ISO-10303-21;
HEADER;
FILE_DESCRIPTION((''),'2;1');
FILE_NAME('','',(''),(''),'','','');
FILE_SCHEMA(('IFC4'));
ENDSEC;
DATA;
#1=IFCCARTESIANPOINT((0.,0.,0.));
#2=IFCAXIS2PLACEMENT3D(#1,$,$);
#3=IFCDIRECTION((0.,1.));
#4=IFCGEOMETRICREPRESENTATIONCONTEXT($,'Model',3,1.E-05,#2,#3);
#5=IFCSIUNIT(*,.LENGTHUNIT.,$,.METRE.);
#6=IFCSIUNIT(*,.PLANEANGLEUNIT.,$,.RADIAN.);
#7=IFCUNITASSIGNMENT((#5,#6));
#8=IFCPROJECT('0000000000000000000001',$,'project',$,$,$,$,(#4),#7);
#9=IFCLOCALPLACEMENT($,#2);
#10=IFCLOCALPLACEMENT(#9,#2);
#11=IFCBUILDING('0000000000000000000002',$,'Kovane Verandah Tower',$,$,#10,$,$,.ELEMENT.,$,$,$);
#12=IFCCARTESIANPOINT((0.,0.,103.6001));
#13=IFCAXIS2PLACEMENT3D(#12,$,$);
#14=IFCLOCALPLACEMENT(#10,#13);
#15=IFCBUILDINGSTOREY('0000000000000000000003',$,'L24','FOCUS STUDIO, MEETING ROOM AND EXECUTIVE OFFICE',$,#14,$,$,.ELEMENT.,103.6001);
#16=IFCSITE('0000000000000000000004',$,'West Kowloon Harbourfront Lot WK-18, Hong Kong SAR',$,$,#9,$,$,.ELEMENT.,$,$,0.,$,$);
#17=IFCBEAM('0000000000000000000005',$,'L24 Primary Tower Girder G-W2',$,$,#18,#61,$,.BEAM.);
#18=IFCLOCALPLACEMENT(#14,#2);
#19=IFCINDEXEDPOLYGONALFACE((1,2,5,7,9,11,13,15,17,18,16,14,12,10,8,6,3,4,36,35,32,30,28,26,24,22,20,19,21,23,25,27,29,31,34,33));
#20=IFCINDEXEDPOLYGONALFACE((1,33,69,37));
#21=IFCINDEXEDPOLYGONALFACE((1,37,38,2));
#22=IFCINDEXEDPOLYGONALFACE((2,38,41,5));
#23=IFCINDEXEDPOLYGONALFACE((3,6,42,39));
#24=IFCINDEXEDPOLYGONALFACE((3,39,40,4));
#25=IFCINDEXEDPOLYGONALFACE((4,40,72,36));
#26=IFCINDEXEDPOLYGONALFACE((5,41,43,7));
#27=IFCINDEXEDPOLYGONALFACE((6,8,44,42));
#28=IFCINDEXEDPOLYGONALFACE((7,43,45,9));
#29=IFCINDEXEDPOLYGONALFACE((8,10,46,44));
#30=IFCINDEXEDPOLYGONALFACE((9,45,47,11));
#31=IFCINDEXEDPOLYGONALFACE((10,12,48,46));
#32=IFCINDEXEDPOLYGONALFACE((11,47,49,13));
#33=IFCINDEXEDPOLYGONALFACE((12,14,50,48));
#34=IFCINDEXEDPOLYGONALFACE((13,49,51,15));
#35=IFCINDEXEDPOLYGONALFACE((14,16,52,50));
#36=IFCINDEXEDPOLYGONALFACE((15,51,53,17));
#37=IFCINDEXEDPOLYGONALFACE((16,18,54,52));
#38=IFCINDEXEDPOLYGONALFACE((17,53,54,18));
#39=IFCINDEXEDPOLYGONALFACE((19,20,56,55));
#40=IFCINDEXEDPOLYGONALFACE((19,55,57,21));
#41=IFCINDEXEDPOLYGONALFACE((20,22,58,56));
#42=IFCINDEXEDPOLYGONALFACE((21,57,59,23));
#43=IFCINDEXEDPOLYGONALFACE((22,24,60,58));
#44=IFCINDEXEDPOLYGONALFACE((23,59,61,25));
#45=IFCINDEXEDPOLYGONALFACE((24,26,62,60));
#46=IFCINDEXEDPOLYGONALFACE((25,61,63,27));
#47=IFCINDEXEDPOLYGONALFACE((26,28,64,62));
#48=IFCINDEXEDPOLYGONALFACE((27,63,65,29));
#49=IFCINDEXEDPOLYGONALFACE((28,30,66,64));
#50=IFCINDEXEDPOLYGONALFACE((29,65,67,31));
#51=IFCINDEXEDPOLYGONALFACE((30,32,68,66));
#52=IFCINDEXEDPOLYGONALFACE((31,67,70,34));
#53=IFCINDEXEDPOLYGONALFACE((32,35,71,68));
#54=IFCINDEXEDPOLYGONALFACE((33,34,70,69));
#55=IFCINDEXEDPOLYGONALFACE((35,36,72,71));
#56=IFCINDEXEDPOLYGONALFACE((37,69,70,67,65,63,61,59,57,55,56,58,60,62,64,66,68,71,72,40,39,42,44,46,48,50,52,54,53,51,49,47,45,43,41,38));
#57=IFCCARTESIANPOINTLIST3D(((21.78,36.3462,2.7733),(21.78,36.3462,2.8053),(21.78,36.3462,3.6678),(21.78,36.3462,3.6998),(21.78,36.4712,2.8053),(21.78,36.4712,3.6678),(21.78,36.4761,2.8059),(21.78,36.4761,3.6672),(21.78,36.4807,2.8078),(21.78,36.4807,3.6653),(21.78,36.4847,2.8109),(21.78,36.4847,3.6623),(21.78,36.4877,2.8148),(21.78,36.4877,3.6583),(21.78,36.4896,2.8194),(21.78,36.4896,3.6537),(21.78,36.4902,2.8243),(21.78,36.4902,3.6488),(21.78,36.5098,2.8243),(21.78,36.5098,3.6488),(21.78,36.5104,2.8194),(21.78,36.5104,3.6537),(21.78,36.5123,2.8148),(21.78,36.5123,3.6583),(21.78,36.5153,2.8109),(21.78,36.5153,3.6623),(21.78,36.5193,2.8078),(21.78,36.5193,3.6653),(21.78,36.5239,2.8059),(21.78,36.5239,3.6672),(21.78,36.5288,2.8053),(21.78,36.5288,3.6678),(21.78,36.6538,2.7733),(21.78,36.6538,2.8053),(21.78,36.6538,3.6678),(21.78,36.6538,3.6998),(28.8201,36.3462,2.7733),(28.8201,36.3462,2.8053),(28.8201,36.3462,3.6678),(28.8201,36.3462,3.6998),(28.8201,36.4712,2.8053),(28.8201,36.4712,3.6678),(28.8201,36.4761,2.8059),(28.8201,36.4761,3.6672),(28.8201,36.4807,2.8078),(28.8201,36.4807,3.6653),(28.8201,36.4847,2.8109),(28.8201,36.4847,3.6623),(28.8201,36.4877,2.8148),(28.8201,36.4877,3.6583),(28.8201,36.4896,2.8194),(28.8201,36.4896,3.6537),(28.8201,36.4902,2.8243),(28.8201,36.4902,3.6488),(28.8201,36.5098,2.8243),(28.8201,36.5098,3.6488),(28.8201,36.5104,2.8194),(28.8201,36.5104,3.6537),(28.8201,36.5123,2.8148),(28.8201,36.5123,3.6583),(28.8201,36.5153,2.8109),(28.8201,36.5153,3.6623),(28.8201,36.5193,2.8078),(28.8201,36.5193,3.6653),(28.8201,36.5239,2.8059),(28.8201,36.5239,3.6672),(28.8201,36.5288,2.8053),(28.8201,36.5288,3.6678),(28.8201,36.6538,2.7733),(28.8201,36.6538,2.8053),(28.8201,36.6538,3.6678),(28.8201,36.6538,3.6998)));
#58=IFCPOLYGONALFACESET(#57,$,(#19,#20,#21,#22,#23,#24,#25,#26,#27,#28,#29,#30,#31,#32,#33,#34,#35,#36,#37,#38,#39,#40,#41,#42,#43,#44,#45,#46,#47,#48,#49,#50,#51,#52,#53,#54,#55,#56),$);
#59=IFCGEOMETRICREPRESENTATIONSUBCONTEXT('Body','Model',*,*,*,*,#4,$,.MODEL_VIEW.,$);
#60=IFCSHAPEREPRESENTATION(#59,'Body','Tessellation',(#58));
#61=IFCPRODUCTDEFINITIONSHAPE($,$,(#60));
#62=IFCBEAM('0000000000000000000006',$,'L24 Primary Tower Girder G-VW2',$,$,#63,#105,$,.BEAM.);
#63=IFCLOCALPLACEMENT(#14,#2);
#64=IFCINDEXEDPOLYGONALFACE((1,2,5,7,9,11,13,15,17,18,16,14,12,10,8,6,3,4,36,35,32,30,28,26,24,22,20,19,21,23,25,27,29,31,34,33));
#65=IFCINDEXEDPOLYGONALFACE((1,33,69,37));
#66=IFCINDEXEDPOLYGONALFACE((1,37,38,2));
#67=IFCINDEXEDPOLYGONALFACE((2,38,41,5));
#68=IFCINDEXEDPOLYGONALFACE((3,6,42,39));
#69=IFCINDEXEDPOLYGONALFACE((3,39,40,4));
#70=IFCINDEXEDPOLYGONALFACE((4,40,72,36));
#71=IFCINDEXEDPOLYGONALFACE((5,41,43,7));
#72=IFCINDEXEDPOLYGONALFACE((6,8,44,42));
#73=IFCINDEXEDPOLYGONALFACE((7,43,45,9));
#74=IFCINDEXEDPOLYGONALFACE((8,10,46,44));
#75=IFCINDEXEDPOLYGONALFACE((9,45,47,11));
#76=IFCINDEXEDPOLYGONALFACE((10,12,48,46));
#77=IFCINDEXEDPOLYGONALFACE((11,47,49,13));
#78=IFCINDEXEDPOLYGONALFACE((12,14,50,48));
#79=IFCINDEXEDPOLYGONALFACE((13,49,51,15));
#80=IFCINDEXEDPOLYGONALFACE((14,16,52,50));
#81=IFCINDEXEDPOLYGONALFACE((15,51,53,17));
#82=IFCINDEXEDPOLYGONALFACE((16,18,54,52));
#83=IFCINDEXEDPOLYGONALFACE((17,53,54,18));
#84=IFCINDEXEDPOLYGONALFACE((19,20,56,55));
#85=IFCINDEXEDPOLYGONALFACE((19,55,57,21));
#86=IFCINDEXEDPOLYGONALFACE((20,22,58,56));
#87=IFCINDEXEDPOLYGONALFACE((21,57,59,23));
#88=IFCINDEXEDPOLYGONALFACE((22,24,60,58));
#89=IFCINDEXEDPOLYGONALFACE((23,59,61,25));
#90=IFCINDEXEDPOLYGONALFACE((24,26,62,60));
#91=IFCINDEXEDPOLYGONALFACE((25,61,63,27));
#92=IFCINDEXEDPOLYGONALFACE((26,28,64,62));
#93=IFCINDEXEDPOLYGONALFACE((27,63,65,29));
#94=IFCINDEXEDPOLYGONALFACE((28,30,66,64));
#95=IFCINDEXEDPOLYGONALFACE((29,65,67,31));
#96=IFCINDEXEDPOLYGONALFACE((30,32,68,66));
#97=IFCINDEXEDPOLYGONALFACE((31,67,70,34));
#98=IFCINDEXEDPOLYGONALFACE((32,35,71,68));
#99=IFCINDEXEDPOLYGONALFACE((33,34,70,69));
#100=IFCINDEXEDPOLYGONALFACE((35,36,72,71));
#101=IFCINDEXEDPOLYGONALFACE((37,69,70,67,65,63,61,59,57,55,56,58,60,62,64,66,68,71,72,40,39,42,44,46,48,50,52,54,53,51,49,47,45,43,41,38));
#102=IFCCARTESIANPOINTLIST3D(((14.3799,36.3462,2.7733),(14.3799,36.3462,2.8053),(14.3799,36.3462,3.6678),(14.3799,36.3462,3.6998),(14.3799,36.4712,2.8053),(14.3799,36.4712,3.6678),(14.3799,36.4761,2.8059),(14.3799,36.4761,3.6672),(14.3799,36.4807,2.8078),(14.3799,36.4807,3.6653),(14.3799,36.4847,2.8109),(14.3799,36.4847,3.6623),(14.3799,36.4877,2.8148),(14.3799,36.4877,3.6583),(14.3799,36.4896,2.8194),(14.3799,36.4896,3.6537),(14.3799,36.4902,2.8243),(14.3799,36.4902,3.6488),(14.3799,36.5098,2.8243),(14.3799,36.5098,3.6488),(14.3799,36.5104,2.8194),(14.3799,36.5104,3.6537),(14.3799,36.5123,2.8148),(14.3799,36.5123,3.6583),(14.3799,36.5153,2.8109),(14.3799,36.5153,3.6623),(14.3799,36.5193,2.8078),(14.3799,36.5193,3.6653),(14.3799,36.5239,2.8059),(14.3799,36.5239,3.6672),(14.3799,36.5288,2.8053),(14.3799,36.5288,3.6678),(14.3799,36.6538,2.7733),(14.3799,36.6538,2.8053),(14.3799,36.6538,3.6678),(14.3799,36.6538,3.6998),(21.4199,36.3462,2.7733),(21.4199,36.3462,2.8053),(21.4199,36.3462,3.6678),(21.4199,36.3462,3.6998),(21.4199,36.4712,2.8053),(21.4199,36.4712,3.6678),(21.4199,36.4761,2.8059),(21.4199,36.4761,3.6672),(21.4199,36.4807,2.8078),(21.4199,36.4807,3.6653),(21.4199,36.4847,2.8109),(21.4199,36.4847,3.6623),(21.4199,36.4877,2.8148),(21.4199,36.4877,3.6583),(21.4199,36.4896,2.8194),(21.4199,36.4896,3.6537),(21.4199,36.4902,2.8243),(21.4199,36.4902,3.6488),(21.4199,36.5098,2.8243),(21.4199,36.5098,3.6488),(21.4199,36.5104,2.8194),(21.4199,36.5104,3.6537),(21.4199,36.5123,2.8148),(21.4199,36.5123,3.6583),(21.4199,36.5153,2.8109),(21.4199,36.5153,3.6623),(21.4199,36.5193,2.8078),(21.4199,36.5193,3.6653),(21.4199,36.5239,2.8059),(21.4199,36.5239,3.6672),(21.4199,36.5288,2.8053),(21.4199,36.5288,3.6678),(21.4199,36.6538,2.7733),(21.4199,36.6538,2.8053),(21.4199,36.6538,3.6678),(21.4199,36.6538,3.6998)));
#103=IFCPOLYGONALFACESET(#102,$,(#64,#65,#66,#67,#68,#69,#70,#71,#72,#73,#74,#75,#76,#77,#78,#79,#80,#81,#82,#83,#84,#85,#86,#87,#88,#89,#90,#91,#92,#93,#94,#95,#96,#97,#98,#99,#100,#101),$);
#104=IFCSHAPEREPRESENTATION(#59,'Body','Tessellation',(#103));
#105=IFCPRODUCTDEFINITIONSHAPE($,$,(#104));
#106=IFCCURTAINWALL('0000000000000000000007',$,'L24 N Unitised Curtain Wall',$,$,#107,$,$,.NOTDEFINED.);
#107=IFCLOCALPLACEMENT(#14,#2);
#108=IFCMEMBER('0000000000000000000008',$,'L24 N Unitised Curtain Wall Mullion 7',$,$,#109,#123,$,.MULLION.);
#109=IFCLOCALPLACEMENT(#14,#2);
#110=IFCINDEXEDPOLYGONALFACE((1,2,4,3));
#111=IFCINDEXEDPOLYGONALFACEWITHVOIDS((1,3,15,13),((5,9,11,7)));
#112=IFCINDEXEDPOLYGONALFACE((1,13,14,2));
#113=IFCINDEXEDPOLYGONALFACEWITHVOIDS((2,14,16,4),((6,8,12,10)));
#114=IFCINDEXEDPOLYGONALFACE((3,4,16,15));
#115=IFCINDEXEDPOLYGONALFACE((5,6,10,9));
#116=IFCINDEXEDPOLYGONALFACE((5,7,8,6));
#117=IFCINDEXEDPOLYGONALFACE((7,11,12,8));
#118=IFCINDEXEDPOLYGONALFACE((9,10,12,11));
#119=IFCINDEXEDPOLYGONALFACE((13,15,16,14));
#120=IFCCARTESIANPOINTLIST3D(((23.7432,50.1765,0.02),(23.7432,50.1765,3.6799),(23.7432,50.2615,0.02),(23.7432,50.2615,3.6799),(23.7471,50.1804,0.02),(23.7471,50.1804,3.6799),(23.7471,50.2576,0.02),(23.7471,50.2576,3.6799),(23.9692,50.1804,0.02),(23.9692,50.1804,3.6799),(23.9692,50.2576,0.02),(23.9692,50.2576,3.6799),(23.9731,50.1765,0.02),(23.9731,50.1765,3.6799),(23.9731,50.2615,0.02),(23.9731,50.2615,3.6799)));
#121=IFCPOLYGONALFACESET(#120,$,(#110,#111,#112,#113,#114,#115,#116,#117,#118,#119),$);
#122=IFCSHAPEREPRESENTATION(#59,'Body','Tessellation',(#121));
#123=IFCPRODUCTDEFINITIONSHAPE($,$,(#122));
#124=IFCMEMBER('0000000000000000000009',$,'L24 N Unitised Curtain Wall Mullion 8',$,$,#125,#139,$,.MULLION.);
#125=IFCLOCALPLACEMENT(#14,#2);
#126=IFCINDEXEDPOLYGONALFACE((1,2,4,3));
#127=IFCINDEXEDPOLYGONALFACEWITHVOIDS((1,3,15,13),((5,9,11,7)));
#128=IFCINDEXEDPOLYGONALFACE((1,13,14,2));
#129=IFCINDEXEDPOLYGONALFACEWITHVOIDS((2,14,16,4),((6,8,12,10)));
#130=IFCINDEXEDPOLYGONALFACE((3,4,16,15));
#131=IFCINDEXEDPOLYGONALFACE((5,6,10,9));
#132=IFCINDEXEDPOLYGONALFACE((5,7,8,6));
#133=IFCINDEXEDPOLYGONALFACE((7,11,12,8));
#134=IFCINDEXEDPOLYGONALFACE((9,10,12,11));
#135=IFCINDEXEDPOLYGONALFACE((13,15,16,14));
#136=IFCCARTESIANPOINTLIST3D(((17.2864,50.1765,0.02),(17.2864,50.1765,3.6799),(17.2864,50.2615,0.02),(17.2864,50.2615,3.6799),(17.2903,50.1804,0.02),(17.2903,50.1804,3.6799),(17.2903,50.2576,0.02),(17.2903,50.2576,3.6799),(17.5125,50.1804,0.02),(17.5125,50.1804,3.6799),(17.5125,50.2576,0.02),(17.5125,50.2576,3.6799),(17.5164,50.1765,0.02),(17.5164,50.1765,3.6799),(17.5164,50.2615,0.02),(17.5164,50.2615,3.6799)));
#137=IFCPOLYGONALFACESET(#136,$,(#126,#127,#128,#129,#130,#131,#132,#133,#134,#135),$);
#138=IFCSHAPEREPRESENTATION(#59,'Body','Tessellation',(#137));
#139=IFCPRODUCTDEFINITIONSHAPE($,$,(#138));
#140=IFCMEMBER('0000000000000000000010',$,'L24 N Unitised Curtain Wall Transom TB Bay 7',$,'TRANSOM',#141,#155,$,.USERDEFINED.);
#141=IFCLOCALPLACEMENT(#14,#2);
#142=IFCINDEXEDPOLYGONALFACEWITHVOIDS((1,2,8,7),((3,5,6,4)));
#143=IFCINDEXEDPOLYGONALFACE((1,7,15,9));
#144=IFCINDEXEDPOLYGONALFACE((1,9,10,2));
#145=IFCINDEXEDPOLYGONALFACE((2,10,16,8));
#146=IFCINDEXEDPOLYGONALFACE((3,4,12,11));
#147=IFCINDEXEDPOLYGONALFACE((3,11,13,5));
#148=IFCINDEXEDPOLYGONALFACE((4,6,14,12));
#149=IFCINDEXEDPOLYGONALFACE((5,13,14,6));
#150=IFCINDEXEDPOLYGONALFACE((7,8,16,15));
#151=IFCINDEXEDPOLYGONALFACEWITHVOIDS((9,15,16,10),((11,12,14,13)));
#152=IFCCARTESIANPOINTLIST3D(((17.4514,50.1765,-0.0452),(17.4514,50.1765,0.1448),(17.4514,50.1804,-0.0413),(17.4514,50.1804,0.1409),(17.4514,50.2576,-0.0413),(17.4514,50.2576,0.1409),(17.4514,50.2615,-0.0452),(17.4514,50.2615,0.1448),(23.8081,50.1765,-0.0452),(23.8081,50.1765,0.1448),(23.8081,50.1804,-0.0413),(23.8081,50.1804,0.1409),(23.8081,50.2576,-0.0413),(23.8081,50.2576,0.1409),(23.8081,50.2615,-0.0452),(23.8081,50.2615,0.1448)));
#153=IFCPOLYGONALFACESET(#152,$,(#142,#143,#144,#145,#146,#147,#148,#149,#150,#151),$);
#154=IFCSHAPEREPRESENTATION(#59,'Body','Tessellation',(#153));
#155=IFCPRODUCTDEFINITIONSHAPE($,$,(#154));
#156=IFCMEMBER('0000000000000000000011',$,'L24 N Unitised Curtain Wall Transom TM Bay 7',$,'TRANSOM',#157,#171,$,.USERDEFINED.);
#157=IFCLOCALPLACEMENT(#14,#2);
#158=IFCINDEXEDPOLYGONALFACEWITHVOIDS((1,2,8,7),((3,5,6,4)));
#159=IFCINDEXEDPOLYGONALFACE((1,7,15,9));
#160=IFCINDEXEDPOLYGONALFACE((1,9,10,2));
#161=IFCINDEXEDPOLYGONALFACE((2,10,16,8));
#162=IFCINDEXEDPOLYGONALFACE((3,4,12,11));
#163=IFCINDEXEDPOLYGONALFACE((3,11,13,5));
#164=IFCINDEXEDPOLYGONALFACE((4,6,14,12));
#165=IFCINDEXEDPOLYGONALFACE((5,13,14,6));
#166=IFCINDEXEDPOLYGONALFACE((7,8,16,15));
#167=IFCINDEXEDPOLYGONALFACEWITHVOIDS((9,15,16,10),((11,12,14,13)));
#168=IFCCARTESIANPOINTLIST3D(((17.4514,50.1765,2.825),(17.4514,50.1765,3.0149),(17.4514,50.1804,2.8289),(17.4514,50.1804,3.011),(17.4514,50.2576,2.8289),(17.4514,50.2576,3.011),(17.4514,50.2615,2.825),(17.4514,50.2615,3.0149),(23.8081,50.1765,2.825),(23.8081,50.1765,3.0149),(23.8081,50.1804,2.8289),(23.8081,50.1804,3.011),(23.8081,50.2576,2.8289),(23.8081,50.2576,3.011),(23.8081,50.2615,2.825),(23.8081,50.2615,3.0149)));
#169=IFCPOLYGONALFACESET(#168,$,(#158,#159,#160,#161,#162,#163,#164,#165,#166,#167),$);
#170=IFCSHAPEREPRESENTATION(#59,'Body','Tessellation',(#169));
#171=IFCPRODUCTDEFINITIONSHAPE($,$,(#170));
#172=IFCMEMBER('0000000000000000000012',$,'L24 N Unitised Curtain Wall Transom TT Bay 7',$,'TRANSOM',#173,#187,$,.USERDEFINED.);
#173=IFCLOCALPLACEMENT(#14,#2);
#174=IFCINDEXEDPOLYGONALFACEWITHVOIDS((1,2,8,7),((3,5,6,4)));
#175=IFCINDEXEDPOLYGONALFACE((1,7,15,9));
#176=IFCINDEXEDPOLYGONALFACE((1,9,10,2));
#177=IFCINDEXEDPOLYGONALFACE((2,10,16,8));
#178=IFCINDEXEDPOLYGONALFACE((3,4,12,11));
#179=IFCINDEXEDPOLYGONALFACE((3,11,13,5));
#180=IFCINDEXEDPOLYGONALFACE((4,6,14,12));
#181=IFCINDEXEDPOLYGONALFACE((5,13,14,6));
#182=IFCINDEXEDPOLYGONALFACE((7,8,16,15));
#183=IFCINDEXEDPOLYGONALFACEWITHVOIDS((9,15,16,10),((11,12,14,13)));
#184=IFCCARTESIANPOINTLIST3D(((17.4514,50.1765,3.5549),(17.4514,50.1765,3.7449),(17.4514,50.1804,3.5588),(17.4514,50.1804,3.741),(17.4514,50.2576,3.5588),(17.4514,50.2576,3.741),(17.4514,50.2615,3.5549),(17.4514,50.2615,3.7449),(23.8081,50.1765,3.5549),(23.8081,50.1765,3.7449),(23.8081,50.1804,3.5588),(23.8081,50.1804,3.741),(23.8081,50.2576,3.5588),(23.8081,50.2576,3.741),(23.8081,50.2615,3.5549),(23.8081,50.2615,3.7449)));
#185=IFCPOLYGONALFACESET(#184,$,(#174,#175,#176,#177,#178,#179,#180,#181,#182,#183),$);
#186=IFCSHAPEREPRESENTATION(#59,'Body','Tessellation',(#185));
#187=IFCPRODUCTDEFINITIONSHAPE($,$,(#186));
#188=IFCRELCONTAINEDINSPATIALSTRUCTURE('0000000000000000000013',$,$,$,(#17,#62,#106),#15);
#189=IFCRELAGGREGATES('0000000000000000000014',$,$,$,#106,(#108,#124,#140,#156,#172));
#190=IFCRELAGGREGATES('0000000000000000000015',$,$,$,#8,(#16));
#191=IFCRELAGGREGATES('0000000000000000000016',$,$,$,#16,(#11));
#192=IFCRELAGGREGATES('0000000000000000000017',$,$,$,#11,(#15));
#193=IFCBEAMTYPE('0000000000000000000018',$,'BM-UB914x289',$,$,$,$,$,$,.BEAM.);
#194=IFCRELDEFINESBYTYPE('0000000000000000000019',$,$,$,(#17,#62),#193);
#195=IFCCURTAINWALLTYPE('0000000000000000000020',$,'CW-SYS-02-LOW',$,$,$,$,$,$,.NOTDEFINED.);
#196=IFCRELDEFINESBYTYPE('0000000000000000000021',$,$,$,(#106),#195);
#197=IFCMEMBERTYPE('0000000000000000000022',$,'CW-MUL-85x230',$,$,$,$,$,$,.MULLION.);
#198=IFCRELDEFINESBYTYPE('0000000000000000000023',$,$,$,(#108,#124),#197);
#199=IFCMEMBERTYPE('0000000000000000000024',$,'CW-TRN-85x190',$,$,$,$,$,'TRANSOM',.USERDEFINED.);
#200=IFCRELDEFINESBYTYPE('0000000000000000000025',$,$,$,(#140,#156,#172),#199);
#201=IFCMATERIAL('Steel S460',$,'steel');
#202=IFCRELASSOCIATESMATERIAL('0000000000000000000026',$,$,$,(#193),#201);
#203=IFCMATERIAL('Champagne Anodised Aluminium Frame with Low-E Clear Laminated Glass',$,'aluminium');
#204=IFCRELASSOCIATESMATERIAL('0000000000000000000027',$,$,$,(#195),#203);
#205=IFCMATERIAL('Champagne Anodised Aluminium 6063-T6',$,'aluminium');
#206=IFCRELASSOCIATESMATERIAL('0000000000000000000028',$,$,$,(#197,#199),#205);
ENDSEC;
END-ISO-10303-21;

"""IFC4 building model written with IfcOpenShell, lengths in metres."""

from ifc_helpers import new_model, si_unit, direction, frame, origin, origin_2d, place, context, subcontext, project, spatial, hollow_rectangle, i_section, extrude, material, material_profile, profile_set, type_object, element, aggregate, save


model = new_model("IFC4")

# Units and contexts
model_context = context("Model", 3, precision=1e-05, world=origin(), true_north=direction((0.0, 1.0)))
body_context = subcontext(model_context, "Body", "Model", "MODEL_VIEW")
ifc_project = project(units=[si_unit("LENGTHUNIT", "METRE"), si_unit("PLANEANGLEUNIT", "RADIAN")], contexts=[model_context])

# Site, building, storey
site_placement = place(None, origin())
site = spatial("IfcSite", under=ifc_project, at=site_placement, Name="West Kowloon Harbourfront Lot WK-18, Hong Kong SAR", CompositionType="ELEMENT", RefElevation=0.0)
building_placement = place(site_placement, origin())
building = spatial("IfcBuilding", under=site, at=building_placement, Name="Kovane Verandah Tower", CompositionType="ELEMENT")
storey_placement = place(building_placement, frame((0.0, 0.0, 103.6001)))
storey = spatial("IfcBuildingStorey", under=building, at=storey_placement, Name="L24", Description="FOCUS STUDIO, MEETING ROOM AND EXECUTIVE OFFICE", CompositionType="ELEMENT", Elevation=103.6001)

# Beams
ifc_material_1 = material(Name="Steel S460", Category="steel")
ifc_material_profile_1 = material_profile(ifc_material_1, i_section(OverallWidth=0.3076, OverallDepth=0.9265, WebThickness=0.0195, FlangeThickness=0.032, FilletRadius=0.019, at=origin_2d()), Name="UB914x305x289")
ifc_profile_set_1 = profile_set([ifc_material_profile_1], Name="Steel S460")
beam_type_1 = type_object("IfcBeamType", Name="BM-UB914x289", PredefinedType="BEAM", material=ifc_profile_set_1)
for number, where, z_axis, x_axis, name in (
    (1, (28.8201, 36.5, 3.2366), (-1.0, 0.0, 0.0), (0.0, -1.0, 0.0), "L24 Primary Tower Girder G-W2"),
    (2, (21.4199, 36.5, 3.2366), (-1.0, 0.0, 0.0), (0.0, -1.0, 0.0), "L24 Primary Tower Girder G-VW2"),
):
    element("IfcBeam", number, at=place(storey_placement, frame(where, z_axis=z_axis, x_axis=x_axis)), inside=storey, type_object=beam_type_1, Name=name, PredefinedType="BEAM", context=body_context, shape_type="SweptSolid", body=[
        extrude(i_section(OverallWidth=0.3076, OverallDepth=0.9265, WebThickness=0.0195, FlangeThickness=0.032, FilletRadius=0.019, at=origin_2d()), origin(), (0.0, 0.0, 1.0), 7.04),
    ])

# Curtain wall, members
ifc_material_2 = material(Name="Champagne Anodised Aluminium Frame with Low-E Clear Laminated Glass", Category="aluminium")
curtain_wall_type = type_object("IfcCurtainWallType", Name="CW-SYS-02-LOW", PredefinedType="NOTDEFINED", material=ifc_material_2)
curtain_wall_placement = place(storey_placement, origin())
curtain_wall = element("IfcCurtainWall", 3, at=curtain_wall_placement, inside=storey, type_object=curtain_wall_type, Name="L24 N Unitised Curtain Wall", PredefinedType="NOTDEFINED")
ifc_material_3 = material(Name="Champagne Anodised Aluminium 6063-T6", Category="aluminium")
ifc_material_profile_2 = material_profile(ifc_material_3, hollow_rectangle(XDim=0.085, YDim=0.23, WallThickness=0.0039, at=origin_2d()), Name="AL85x230x4")
ifc_profile_set_2 = profile_set([ifc_material_profile_2], Name="Champagne Anodised Aluminium 6063-T6")
member_type_1 = type_object("IfcMemberType", Name="CW-MUL-85x230", PredefinedType="MULLION", material=ifc_profile_set_2)
member_1_placement = place(storey_placement, frame((23.8582, 50.219, 0.02), z_axis=(0.0, 0.0, 1.0), x_axis=(0.0, 1.0, 0.0)))
member_1 = element("IfcMember", 4, at=member_1_placement, type_object=member_type_1, Name="L24 N Unitised Curtain Wall Mullion 7", PredefinedType="MULLION", context=body_context, shape_type="SweptSolid", body=[
    extrude(hollow_rectangle(XDim=0.085, YDim=0.23, WallThickness=0.0039, at=origin_2d()), origin(), (0.0, 0.0, 1.0), 3.6599),
])
member_2_placement = place(storey_placement, frame((17.4014, 50.219, 0.02), z_axis=(0.0, 0.0, 1.0), x_axis=(0.0, 1.0, 0.0)))
member_2 = element("IfcMember", 5, at=member_2_placement, type_object=member_type_1, Name="L24 N Unitised Curtain Wall Mullion 8", PredefinedType="MULLION", context=body_context, shape_type="SweptSolid", body=[
    extrude(hollow_rectangle(XDim=0.085, YDim=0.23, WallThickness=0.0039, at=origin_2d()), origin(), (0.0, 0.0, 1.0), 3.6599),
])
ifc_material_profile_3 = material_profile(ifc_material_3, hollow_rectangle(XDim=0.085, YDim=0.1899, WallThickness=0.0039, at=origin_2d()), Name="AL85x190x4")
ifc_profile_set_3 = profile_set([ifc_material_profile_3], Name="Champagne Anodised Aluminium 6063-T6")
member_type_2 = type_object("IfcMemberType", Name="CW-TRN-85x190", ElementType="TRANSOM", PredefinedType="USERDEFINED", material=ifc_profile_set_3)
member_3_placement = place(storey_placement, frame((23.8081, 50.219, 0.0498), z_axis=(-1.0, 0.0, 0.0), x_axis=(0.0, -1.0, 0.0)))
member_3 = element("IfcMember", 6, at=member_3_placement, type_object=member_type_2, Name="L24 N Unitised Curtain Wall Transom TB Bay 7", ObjectType="TRANSOM", PredefinedType="USERDEFINED", context=body_context, shape_type="SweptSolid", body=[
    extrude(hollow_rectangle(XDim=0.085, YDim=0.1899, WallThickness=0.0039, at=origin_2d()), origin(), (0.0, 0.0, 1.0), 6.3567),
])
member_4_placement = place(storey_placement, frame((23.8081, 50.219, 2.9199), z_axis=(-1.0, 0.0, 0.0), x_axis=(0.0, -1.0, 0.0)))
member_4 = element("IfcMember", 7, at=member_4_placement, type_object=member_type_2, Name="L24 N Unitised Curtain Wall Transom TM Bay 7", ObjectType="TRANSOM", PredefinedType="USERDEFINED", context=body_context, shape_type="SweptSolid", body=[
    extrude(hollow_rectangle(XDim=0.085, YDim=0.1899, WallThickness=0.0039, at=origin_2d()), origin(), (0.0, 0.0, 1.0), 6.3567),
])
member_5_placement = place(storey_placement, frame((23.8081, 50.219, 3.6499), z_axis=(-1.0, 0.0, 0.0), x_axis=(0.0, -1.0, 0.0)))
member_5 = element("IfcMember", 8, at=member_5_placement, type_object=member_type_2, Name="L24 N Unitised Curtain Wall Transom TT Bay 7", ObjectType="TRANSOM", PredefinedType="USERDEFINED", context=body_context, shape_type="SweptSolid", body=[
    extrude(hollow_rectangle(XDim=0.085, YDim=0.1899, WallThickness=0.0039, at=origin_2d()), origin(), (0.0, 0.0, 1.0), 6.3567),
])
aggregate(curtain_wall, [member_1, member_2, member_3, member_4, member_5])

save(model, "model.ifc")
